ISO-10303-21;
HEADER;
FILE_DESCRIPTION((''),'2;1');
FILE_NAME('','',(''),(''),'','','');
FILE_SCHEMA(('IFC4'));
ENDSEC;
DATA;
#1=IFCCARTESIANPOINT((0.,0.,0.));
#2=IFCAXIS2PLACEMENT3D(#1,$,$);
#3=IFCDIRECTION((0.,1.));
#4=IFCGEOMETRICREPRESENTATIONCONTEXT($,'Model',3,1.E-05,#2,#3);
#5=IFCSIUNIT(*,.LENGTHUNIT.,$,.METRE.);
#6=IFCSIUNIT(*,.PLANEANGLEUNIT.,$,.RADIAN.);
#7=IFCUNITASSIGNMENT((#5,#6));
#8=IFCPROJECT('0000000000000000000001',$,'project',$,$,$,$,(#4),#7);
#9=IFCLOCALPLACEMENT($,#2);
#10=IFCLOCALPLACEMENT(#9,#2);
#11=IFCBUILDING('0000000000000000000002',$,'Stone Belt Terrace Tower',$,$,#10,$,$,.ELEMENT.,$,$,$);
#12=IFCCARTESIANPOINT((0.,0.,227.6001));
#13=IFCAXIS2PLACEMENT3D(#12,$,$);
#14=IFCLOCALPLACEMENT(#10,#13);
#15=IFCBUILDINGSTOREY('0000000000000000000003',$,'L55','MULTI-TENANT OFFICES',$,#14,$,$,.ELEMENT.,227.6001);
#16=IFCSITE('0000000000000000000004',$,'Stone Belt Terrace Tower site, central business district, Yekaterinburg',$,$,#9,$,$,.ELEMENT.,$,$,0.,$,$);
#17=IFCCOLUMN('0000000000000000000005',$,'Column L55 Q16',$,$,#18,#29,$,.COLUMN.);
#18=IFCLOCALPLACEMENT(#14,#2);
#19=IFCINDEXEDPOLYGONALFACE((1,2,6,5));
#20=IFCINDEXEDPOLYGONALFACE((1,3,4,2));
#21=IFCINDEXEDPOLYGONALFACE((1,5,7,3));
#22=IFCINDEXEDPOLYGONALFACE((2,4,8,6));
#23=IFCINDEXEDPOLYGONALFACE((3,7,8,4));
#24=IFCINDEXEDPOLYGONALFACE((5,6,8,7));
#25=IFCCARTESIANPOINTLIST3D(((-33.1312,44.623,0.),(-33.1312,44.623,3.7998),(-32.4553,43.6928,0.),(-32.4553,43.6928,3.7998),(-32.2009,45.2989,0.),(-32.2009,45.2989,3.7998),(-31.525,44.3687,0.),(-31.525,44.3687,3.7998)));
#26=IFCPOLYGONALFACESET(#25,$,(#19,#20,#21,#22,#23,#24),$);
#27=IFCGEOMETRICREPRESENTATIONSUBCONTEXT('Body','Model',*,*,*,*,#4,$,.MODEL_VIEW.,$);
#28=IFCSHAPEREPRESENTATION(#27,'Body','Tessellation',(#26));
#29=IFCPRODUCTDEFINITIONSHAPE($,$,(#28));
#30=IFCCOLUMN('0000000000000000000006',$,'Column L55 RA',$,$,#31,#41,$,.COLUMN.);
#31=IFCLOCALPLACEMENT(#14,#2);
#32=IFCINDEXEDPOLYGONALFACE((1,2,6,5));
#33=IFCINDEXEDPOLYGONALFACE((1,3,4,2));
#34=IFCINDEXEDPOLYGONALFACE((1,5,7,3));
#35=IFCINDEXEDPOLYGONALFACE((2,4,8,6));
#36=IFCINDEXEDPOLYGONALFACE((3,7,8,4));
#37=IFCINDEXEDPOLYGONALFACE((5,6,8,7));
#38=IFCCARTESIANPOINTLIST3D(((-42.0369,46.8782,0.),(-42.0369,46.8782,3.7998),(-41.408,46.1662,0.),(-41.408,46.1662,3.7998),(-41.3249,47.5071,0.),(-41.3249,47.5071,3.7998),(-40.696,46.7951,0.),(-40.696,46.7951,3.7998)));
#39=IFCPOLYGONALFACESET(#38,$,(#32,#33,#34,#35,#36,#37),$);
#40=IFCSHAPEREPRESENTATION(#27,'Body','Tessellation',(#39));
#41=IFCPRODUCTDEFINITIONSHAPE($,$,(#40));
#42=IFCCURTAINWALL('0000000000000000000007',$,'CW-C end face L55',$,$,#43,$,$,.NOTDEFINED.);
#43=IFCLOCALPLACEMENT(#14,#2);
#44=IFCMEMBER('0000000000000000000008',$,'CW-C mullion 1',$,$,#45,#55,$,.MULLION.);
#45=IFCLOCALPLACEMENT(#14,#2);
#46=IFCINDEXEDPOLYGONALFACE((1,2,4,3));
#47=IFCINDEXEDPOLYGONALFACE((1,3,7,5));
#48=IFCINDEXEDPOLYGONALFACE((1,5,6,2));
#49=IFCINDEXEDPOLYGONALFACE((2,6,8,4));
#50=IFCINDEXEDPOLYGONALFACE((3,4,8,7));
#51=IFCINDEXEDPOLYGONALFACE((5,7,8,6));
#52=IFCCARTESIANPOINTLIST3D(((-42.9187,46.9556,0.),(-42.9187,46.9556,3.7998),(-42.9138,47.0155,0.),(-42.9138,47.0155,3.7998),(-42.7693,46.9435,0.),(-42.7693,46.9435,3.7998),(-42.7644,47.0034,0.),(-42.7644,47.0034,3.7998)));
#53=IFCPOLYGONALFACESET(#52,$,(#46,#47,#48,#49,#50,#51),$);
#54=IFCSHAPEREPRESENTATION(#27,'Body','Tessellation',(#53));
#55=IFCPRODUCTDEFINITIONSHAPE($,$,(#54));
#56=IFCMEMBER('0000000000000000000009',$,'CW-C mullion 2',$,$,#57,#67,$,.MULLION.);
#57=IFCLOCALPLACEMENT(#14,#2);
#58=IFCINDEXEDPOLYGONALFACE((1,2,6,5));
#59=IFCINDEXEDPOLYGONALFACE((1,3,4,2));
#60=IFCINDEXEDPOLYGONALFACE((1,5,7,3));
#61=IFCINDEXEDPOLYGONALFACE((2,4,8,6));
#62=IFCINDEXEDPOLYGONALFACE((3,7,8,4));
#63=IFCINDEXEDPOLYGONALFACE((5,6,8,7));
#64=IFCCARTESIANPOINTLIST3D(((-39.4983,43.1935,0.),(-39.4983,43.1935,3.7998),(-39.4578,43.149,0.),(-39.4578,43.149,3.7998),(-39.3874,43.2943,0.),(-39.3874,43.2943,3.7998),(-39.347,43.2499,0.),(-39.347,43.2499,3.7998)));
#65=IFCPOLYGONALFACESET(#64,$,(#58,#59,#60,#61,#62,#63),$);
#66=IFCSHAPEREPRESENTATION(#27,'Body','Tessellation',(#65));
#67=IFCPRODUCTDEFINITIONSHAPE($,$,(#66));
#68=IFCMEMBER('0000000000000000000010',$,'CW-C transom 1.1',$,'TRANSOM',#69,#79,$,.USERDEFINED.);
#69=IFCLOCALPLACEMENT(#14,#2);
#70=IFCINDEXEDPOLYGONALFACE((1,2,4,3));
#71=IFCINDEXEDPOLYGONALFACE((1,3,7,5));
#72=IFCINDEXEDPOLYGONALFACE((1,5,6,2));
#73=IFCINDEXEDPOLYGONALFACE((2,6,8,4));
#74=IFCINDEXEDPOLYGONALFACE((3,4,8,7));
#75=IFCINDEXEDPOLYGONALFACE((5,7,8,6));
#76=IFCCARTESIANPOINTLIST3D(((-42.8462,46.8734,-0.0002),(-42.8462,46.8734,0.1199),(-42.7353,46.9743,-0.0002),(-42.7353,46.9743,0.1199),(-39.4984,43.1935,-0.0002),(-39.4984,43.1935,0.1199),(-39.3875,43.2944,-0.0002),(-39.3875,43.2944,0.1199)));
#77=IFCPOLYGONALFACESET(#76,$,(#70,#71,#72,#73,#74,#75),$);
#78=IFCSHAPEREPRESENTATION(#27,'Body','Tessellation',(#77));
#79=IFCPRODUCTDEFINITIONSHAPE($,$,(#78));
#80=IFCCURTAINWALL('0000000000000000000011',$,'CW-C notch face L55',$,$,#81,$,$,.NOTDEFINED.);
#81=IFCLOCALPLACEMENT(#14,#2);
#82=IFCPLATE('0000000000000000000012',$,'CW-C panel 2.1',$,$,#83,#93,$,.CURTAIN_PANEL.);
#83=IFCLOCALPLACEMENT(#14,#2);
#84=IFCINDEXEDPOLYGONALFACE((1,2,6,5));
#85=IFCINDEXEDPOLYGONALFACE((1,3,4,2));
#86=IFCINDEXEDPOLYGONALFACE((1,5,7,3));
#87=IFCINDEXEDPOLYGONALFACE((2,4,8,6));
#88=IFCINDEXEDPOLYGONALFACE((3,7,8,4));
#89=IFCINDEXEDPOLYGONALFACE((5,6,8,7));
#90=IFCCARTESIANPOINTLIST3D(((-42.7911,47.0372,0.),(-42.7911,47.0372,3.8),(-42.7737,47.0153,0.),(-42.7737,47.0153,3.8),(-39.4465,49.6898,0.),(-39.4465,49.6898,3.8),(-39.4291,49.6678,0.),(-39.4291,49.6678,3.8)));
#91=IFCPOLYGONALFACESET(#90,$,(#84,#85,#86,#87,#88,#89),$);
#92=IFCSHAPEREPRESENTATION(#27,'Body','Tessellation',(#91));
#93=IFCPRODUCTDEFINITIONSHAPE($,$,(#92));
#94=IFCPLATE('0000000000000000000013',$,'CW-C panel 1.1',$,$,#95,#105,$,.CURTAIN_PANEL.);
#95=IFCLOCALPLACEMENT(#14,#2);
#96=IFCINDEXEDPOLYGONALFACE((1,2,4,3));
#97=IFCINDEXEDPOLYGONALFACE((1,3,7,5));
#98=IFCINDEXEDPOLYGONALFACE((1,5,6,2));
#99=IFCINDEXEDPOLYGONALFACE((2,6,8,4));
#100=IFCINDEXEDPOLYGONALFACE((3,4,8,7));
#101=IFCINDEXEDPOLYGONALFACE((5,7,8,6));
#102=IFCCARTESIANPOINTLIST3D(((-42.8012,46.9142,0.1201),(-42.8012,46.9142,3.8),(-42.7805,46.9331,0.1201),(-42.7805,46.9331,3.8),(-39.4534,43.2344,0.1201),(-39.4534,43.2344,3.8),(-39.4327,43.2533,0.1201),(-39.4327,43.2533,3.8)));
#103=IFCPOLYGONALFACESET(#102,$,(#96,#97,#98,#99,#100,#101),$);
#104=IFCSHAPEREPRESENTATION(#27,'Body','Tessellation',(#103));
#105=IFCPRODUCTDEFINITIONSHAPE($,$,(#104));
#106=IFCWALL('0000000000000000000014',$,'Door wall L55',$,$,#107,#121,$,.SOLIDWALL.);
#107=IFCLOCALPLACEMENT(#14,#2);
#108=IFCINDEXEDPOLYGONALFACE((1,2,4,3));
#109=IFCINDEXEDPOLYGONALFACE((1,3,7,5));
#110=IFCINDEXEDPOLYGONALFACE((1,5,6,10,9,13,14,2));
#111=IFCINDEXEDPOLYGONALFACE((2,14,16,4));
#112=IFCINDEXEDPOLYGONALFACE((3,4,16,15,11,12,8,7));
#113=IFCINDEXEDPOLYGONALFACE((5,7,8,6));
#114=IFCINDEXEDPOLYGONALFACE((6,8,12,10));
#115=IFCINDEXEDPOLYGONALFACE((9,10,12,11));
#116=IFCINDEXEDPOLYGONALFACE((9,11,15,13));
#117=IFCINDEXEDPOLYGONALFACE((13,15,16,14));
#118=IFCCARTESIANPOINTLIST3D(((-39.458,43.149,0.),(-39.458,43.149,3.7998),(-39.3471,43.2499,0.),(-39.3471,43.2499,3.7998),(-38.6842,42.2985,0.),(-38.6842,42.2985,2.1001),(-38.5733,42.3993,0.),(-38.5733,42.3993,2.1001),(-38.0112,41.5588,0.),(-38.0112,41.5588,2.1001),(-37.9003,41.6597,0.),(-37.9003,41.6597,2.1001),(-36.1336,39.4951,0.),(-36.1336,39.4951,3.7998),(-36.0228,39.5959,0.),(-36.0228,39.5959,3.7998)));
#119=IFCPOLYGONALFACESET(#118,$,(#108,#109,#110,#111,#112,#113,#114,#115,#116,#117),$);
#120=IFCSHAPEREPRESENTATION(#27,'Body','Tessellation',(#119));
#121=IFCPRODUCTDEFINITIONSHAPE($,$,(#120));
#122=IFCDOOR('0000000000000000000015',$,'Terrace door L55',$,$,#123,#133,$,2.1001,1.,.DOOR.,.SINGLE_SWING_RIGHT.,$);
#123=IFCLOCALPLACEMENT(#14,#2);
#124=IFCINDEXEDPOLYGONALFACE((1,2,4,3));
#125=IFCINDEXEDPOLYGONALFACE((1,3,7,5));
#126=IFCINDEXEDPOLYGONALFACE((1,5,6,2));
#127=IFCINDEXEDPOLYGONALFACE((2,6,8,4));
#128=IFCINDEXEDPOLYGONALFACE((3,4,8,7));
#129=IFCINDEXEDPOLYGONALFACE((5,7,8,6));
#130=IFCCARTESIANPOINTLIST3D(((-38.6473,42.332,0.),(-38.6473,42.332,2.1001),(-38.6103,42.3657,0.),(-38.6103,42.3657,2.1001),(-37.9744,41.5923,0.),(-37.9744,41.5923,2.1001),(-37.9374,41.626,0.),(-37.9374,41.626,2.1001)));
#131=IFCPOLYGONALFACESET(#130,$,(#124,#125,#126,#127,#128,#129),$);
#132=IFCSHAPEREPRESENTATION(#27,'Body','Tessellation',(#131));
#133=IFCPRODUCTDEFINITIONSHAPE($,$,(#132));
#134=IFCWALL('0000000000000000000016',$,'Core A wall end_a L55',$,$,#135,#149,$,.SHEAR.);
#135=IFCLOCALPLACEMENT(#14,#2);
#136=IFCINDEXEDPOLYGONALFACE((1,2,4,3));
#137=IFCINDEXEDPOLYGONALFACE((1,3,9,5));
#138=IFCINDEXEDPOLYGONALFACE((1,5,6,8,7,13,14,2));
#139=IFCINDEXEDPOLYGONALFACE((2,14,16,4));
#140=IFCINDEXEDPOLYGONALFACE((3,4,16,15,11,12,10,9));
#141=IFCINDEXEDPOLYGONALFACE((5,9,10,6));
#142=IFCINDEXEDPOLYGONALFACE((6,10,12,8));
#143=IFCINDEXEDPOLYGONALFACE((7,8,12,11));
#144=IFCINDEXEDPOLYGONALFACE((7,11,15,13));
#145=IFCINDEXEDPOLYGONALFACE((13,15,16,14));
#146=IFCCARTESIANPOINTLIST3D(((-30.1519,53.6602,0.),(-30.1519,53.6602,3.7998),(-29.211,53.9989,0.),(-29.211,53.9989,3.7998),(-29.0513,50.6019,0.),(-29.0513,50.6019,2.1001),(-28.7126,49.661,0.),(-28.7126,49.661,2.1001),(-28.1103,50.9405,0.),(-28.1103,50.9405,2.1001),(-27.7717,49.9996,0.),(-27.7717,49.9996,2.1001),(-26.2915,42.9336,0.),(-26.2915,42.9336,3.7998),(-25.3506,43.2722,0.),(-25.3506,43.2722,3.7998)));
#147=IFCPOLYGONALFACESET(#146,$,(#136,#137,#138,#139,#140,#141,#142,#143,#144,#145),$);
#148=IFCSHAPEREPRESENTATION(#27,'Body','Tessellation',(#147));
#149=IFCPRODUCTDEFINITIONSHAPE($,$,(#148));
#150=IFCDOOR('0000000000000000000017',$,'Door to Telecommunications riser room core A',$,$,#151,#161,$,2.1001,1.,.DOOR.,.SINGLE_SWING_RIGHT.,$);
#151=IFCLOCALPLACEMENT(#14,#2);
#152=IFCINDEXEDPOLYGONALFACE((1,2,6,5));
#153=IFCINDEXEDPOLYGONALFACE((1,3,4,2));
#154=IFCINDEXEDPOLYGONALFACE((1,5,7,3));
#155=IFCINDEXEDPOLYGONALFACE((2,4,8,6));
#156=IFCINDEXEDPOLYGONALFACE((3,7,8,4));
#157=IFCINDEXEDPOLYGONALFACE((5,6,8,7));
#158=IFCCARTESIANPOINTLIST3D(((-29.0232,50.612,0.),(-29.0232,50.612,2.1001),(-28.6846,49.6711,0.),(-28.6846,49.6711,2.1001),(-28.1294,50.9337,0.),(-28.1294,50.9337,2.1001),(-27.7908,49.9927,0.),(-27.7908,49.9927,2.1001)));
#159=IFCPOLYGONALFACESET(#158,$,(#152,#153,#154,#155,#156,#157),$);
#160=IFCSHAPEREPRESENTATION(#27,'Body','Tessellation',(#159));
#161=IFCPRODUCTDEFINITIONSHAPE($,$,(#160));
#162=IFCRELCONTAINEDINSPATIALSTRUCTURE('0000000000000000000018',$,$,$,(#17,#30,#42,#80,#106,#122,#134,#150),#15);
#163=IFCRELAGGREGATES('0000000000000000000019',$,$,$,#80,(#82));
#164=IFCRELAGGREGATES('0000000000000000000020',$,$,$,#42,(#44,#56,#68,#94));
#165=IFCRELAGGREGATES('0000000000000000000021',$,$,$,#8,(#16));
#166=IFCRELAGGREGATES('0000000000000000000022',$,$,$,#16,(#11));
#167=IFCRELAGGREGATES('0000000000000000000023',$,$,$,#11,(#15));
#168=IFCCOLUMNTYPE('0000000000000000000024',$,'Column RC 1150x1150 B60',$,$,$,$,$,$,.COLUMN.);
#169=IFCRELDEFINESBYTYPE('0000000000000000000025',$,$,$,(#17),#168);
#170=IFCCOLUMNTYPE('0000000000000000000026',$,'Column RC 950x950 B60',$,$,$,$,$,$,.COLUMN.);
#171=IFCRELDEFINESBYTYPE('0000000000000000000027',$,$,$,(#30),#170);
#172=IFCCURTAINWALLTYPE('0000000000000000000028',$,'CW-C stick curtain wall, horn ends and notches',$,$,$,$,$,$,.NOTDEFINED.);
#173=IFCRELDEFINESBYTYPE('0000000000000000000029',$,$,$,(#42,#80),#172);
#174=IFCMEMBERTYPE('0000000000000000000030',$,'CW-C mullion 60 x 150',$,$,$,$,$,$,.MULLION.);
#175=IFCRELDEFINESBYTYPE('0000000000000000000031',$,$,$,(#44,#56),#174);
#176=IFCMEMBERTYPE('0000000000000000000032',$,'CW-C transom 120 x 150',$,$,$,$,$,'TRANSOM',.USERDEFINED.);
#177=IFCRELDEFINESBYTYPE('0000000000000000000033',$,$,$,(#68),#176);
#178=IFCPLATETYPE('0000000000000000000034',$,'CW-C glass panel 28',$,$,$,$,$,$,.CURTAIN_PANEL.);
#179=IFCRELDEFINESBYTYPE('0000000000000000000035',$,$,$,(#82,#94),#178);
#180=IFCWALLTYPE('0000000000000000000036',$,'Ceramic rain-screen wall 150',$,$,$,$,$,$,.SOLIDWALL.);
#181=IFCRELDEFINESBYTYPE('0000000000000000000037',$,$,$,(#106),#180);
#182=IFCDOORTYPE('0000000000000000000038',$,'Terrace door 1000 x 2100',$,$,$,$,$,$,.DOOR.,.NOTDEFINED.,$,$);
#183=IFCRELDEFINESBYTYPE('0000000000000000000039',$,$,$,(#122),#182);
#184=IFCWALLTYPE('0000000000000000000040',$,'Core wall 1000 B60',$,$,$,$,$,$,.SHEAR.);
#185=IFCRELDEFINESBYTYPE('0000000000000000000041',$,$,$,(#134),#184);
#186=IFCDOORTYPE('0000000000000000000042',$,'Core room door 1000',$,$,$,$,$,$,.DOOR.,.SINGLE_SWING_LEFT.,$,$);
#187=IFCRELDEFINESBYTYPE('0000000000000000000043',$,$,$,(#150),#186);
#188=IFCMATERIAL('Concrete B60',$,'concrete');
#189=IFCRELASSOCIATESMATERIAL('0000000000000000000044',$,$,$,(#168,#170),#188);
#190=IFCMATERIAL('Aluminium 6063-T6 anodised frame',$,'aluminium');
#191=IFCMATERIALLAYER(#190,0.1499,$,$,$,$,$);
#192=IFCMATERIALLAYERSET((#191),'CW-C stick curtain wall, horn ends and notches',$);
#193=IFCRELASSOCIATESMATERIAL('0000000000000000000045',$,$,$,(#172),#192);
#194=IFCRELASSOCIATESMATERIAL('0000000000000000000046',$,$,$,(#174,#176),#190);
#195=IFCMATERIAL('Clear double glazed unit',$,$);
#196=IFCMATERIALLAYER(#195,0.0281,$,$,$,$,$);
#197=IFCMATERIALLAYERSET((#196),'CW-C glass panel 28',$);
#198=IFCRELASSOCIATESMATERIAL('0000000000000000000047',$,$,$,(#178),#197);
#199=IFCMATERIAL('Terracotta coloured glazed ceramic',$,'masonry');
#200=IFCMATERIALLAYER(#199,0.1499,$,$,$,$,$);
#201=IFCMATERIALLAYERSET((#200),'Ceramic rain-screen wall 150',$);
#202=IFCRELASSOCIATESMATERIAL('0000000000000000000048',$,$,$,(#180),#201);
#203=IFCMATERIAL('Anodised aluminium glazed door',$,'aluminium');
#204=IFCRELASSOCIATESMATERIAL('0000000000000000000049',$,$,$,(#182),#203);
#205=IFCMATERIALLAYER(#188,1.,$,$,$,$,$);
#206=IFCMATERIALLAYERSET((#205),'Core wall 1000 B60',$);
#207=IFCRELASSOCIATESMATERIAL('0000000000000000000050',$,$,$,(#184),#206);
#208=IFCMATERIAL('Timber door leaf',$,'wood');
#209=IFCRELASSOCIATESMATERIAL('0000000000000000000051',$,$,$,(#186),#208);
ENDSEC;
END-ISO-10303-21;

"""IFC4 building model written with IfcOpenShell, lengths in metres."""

from ifc_helpers import new_model, si_unit, direction, frame, frame_2d, origin, origin_2d, place, context, subcontext, project, spatial, rectangle, extrude, material, layer, layer_set, material_profile, profile_set, type_object, element, fill, aggregate, save


model = new_model("IFC4")

# Units and contexts
model_context = context("Model", 3, precision=1e-05, world=origin(), true_north=direction((0.0, 1.0)))
body_context = subcontext(model_context, "Body", "Model", "MODEL_VIEW")
ifc_project = project(units=[si_unit("LENGTHUNIT", "METRE"), si_unit("PLANEANGLEUNIT", "RADIAN")], contexts=[model_context])

# Site, building, storey
site_placement = place(None, origin())
site = spatial("IfcSite", under=ifc_project, at=site_placement, Name="Stone Belt Terrace Tower site, central business district, Yekaterinburg", CompositionType="ELEMENT", RefElevation=0.0)
building_placement = place(site_placement, origin())
building = spatial("IfcBuilding", under=site, at=building_placement, Name="Stone Belt Terrace Tower", CompositionType="ELEMENT")
storey_placement = place(building_placement, frame((0.0, 0.0, 227.6001)))
storey = spatial("IfcBuildingStorey", under=building, at=storey_placement, Name="L55", Description="MULTI-TENANT OFFICES", CompositionType="ELEMENT", Elevation=227.6001)

# Columns
ifc_material_1 = material(Name="Concrete B60", Category="concrete")
ifc_material_profile_1 = material_profile(ifc_material_1, rectangle(XDim=1.1499, YDim=1.1499, at=origin_2d()), Name="RC 1150x1150")
ifc_profile_set_1 = profile_set([ifc_material_profile_1], Name="Concrete B60")
column_type_1 = type_object("IfcColumnType", Name="Column RC 1150x1150 B60", PredefinedType="COLUMN", material=ifc_profile_set_1)
column_1_placement = place(storey_placement, frame((-32.3281, 44.4958, 0.0), z_axis=(0.0, 0.0, 1.0), x_axis=(0.809017, 0.587785, 0.0)))
element("IfcColumn", 1, at=column_1_placement, inside=storey, type_object=column_type_1, Name="Column L55 Q16", PredefinedType="COLUMN", context=body_context, shape_type="SweptSolid", body=[
    extrude(rectangle(XDim=1.1499, YDim=1.1499, at=origin_2d()), origin(), (0.0, 0.0, 1.0), 3.7998),
])
ifc_material_profile_2 = material_profile(ifc_material_1, rectangle(XDim=0.95, YDim=0.95, at=origin_2d()), Name="RC 950x950")
ifc_profile_set_2 = profile_set([ifc_material_profile_2], Name="Concrete B60")
column_type_2 = type_object("IfcColumnType", Name="Column RC 950x950 B60", PredefinedType="COLUMN", material=ifc_profile_set_2)
column_2_placement = place(storey_placement, frame((-41.3665, 46.8367, 0.0), z_axis=(0.0, 0.0, 1.0), x_axis=(0.74952, 0.661982, 0.0)))
element("IfcColumn", 2, at=column_2_placement, inside=storey, type_object=column_type_2, Name="Column L55 RA", PredefinedType="COLUMN", context=body_context, shape_type="SweptSolid", body=[
    extrude(rectangle(XDim=0.95, YDim=0.95, at=origin_2d()), origin(), (0.0, 0.0, 1.0), 3.7998),
])

# Curtain wall, members
ifc_material_2 = material(Name="Aluminium 6063-T6 anodised frame", Category="aluminium")
ifc_layer_1 = layer(ifc_material_2, 0.1499)
ifc_layer_set_1 = layer_set([ifc_layer_1], Name="CW-C stick curtain wall, horn ends and notches")
curtain_wall_type = type_object("IfcCurtainWallType", Name="CW-C stick curtain wall, horn ends and notches", PredefinedType="NOTDEFINED", material=ifc_layer_set_1)
curtain_wall_1_placement = place(storey_placement, origin())
curtain_wall_1 = element("IfcCurtainWall", 3, at=curtain_wall_1_placement, inside=storey, type_object=curtain_wall_type, Name="CW-C end face L55", PredefinedType="NOTDEFINED")
ifc_material_profile_3 = material_profile(ifc_material_2, rectangle(XDim=0.1499, YDim=0.0601, at=origin_2d()), Name="Aluminium 6063-T6 60x150")
ifc_profile_set_3 = profile_set([ifc_material_profile_3], Name="Aluminium 6063-T6 anodised frame")
member_type_1 = type_object("IfcMemberType", Name="CW-C mullion 60 x 150", PredefinedType="MULLION", material=ifc_profile_set_3)
member_1_placement = place(storey_placement, frame((-42.8416, 46.9795, 0.0), z_axis=(0.0, 0.0, 1.0), x_axis=(0.996717, -0.080962, 0.0)))
member_1 = element("IfcMember", 4, at=member_1_placement, type_object=member_type_1, Name="CW-C mullion 1", PredefinedType="MULLION", context=body_context, shape_type="SweptSolid", body=[
    extrude(rectangle(XDim=0.1499, YDim=0.0601, at=origin_2d()), origin(), (0.0, 0.0, 1.0), 3.7998),
])
member_2_placement = place(storey_placement, frame((-39.4226, 43.2217, 0.0), z_axis=(0.0, 0.0, 1.0), x_axis=(0.739693, 0.672944, 0.0)))
member_2 = element("IfcMember", 5, at=member_2_placement, type_object=member_type_1, Name="CW-C mullion 2", PredefinedType="MULLION", context=body_context, shape_type="SweptSolid", body=[
    extrude(rectangle(XDim=0.1499, YDim=0.0601, at=origin_2d()), origin(), (0.0, 0.0, 1.0), 3.7998),
])
ifc_material_profile_4 = material_profile(ifc_material_2, rectangle(XDim=0.1499, YDim=0.1201, at=origin_2d()), Name="Aluminium 6063-T6 150x120")
ifc_profile_set_4 = profile_set([ifc_material_profile_4], Name="Aluminium 6063-T6 anodised frame")
member_type_2 = type_object("IfcMemberType", Name="CW-C transom 120 x 150", ElementType="TRANSOM", PredefinedType="USERDEFINED", material=ifc_profile_set_4)
member_3_placement = place(storey_placement, frame((-42.7908, 46.9238, 0.0598), z_axis=(0.672949, -0.739689, 0.0), x_axis=(0.739689, 0.672949, 0.0)))
member_3 = element("IfcMember", 6, at=member_3_placement, type_object=member_type_2, Name="CW-C transom 1.1", ObjectType="TRANSOM", PredefinedType="USERDEFINED", context=body_context, shape_type="SweptSolid", body=[
    extrude(rectangle(XDim=0.1499, YDim=0.1201, at=origin_2d()), origin(), (0.0, 0.0, 1.0), 4.9749),
])

# Curtain wall, plate
curtain_wall_2_placement = place(storey_placement, origin())
curtain_wall_2 = element("IfcCurtainWall", 7, at=curtain_wall_2_placement, inside=storey, type_object=curtain_wall_type, Name="CW-C notch face L55", PredefinedType="NOTDEFINED")
ifc_material_3 = material(Name="Clear double glazed unit")
ifc_layer_2 = layer(ifc_material_3, 0.0281)
ifc_layer_set_2 = layer_set([ifc_layer_2], Name="CW-C glass panel 28")
plate_type = type_object("IfcPlateType", Name="CW-C glass panel 28", PredefinedType="CURTAIN_PANEL", material=ifc_layer_set_2)
plate_1_placement = place(storey_placement, frame((-41.1101, 48.3525, 0.0), z_axis=(0.0, 0.0, 1.0), x_axis=(-0.783503, -0.621388, 0.0)))
plate_1 = element("IfcPlate", 8, at=plate_1_placement, type_object=plate_type, Name="CW-C panel 2.1", PredefinedType="CURTAIN_PANEL", context=body_context, shape_type="SweptSolid", body=[
    extrude(rectangle(XDim=4.2688, YDim=0.0281, at=origin_2d()), origin(), (0.0, 0.0, 1.0), 3.8),
])
aggregate(curtain_wall_2, [plate_1])

# Plate
plate_2_placement = place(storey_placement, frame((-41.1169, 45.0837, 0.1201), z_axis=(0.0, 0.0, 1.0), x_axis=(0.672944, -0.739693, 0.0)))
plate_2 = element("IfcPlate", 9, at=plate_2_placement, type_object=plate_type, Name="CW-C panel 1.1", PredefinedType="CURTAIN_PANEL", context=body_context, shape_type="SweptSolid", body=[
    extrude(rectangle(XDim=4.9749, YDim=0.0281, at=origin_2d()), origin(), (0.0, 0.0, 1.0), 3.6799),
])
aggregate(curtain_wall_1, [member_1, member_2, member_3, plate_2])

# Walls, openings, doors
ifc_material_4 = material(Name="Terracotta coloured glazed ceramic", Category="masonry")
ifc_layer_3 = layer(ifc_material_4, 0.1499)
ifc_layer_set_3 = layer_set([ifc_layer_3], Name="Ceramic rain-screen wall 150")
wall_type_1 = type_object("IfcWallType", Name="Ceramic rain-screen wall 150", PredefinedType="SOLIDWALL", material=ifc_layer_set_3)
wall_1_placement = place(storey_placement, frame((-39.4026, 43.1995, 0.0), z_axis=(0.0, 0.0, 1.0), x_axis=(0.672961, -0.739678, 0.0)))
wall_1 = element("IfcWall", 10, at=wall_1_placement, inside=storey, type_object=wall_type_1, Name="Door wall L55", PredefinedType="SOLIDWALL", context=body_context, shape_type="SweptSolid", body=[
    extrude(rectangle(XDim=4.9399, YDim=0.1499, at=frame_2d((2.47, 0.0))), origin(), (0.0, 0.0, 1.0), 3.7998),
])
opening_1_placement = place(wall_1_placement, frame((1.1499, 0.0, 0.0)))
opening_1 = element("IfcOpeningElement", 11, at=opening_1_placement, cuts=wall_1, PredefinedType="OPENING", context=body_context, shape_type="SweptSolid", body=[
    extrude(rectangle(XDim=1.0, YDim=2.1001, at=frame_2d((0.5, 1.05))), frame((0.0, 0.085, 0.0), z_axis=(0.0, -1.0, 0.0), x_axis=(1.0, 0.0, 0.0)), (0.0, 0.0, 1.0), 0.1699),
])
ifc_material_5 = material(Name="Anodised aluminium glazed door", Category="aluminium")
door_type_1 = type_object("IfcDoorType", Name="Terrace door 1000 x 2100", OperationType="NOTDEFINED", PredefinedType="DOOR", material=ifc_material_5)
door_1_placement = place(opening_1_placement, origin())
door_1 = element("IfcDoor", 12, at=door_1_placement, inside=storey, type_object=door_type_1, Name="Terrace door L55", OperationType="SINGLE_SWING_RIGHT", OverallHeight=2.1001, OverallWidth=1.0, PredefinedType="DOOR", context=body_context, shape_type="SweptSolid", body=[
    extrude(rectangle(XDim=1.0, YDim=2.1001, at=frame_2d((0.5, 1.05))), frame((0.0, 0.0249, 0.0), z_axis=(0.0, -1.0, 0.0), x_axis=(1.0, 0.0, 0.0)), (0.0, 0.0, 1.0), 0.05),
])
fill(opening_1, door_1)
ifc_layer_4 = layer(ifc_material_1, 1.0)
ifc_layer_set_4 = layer_set([ifc_layer_4], Name="Core wall 1000 B60")
wall_type_2 = type_object("IfcWallType", Name="Core wall 1000 B60", PredefinedType="SHEAR", material=ifc_layer_set_4)
wall_2_placement = place(storey_placement, frame((-25.821, 43.1028, 0.0), z_axis=(0.0, 0.0, 1.0), x_axis=(-0.338625, 0.940921, 0.0)))
wall_2 = element("IfcWall", 13, at=wall_2_placement, inside=storey, type_object=wall_type_2, Name="Core A wall end_a L55", PredefinedType="SHEAR", context=body_context, shape_type="SweptSolid", body=[
    extrude(rectangle(XDim=11.4001, YDim=1.0, at=frame_2d((5.7002, 0.0))), origin(), (0.0, 0.0, 1.0), 3.7998),
])
opening_2_placement = place(wall_2_placement, frame((7.1499, 0.0, 0.0)))
opening_2 = element("IfcOpeningElement", 14, at=opening_2_placement, cuts=wall_2, PredefinedType="OPENING", context=body_context, shape_type="SweptSolid", body=[
    extrude(rectangle(XDim=1.0, YDim=2.1001, at=frame_2d((0.5, 1.05))), frame((0.0, 0.51, 0.0), z_axis=(0.0, -1.0, 0.0), x_axis=(1.0, 0.0, 0.0)), (0.0, 0.0, 1.0), 1.02),
])
ifc_material_6 = material(Name="Timber door leaf", Category="wood")
door_type_2 = type_object("IfcDoorType", Name="Core room door 1000", OperationType="SINGLE_SWING_LEFT", PredefinedType="DOOR", material=ifc_material_6)
door_2_placement = place(opening_2_placement, origin())
door_2 = element("IfcDoor", 15, at=door_2_placement, inside=storey, type_object=door_type_2, Name="Door to Telecommunications riser room core A", OperationType="SINGLE_SWING_RIGHT", OverallHeight=2.1001, OverallWidth=1.0, PredefinedType="DOOR", context=body_context, shape_type="SweptSolid", body=[
    extrude(rectangle(XDim=1.0, YDim=2.1001, at=frame_2d((0.5, 1.05))), frame((0.0, 0.4702, 0.0), z_axis=(0.0, -1.0, 0.0), x_axis=(1.0, 0.0, 0.0)), (0.0, 0.0, 1.0), 0.95),
])
fill(opening_2, door_2)

save(model, "model.ifc")
